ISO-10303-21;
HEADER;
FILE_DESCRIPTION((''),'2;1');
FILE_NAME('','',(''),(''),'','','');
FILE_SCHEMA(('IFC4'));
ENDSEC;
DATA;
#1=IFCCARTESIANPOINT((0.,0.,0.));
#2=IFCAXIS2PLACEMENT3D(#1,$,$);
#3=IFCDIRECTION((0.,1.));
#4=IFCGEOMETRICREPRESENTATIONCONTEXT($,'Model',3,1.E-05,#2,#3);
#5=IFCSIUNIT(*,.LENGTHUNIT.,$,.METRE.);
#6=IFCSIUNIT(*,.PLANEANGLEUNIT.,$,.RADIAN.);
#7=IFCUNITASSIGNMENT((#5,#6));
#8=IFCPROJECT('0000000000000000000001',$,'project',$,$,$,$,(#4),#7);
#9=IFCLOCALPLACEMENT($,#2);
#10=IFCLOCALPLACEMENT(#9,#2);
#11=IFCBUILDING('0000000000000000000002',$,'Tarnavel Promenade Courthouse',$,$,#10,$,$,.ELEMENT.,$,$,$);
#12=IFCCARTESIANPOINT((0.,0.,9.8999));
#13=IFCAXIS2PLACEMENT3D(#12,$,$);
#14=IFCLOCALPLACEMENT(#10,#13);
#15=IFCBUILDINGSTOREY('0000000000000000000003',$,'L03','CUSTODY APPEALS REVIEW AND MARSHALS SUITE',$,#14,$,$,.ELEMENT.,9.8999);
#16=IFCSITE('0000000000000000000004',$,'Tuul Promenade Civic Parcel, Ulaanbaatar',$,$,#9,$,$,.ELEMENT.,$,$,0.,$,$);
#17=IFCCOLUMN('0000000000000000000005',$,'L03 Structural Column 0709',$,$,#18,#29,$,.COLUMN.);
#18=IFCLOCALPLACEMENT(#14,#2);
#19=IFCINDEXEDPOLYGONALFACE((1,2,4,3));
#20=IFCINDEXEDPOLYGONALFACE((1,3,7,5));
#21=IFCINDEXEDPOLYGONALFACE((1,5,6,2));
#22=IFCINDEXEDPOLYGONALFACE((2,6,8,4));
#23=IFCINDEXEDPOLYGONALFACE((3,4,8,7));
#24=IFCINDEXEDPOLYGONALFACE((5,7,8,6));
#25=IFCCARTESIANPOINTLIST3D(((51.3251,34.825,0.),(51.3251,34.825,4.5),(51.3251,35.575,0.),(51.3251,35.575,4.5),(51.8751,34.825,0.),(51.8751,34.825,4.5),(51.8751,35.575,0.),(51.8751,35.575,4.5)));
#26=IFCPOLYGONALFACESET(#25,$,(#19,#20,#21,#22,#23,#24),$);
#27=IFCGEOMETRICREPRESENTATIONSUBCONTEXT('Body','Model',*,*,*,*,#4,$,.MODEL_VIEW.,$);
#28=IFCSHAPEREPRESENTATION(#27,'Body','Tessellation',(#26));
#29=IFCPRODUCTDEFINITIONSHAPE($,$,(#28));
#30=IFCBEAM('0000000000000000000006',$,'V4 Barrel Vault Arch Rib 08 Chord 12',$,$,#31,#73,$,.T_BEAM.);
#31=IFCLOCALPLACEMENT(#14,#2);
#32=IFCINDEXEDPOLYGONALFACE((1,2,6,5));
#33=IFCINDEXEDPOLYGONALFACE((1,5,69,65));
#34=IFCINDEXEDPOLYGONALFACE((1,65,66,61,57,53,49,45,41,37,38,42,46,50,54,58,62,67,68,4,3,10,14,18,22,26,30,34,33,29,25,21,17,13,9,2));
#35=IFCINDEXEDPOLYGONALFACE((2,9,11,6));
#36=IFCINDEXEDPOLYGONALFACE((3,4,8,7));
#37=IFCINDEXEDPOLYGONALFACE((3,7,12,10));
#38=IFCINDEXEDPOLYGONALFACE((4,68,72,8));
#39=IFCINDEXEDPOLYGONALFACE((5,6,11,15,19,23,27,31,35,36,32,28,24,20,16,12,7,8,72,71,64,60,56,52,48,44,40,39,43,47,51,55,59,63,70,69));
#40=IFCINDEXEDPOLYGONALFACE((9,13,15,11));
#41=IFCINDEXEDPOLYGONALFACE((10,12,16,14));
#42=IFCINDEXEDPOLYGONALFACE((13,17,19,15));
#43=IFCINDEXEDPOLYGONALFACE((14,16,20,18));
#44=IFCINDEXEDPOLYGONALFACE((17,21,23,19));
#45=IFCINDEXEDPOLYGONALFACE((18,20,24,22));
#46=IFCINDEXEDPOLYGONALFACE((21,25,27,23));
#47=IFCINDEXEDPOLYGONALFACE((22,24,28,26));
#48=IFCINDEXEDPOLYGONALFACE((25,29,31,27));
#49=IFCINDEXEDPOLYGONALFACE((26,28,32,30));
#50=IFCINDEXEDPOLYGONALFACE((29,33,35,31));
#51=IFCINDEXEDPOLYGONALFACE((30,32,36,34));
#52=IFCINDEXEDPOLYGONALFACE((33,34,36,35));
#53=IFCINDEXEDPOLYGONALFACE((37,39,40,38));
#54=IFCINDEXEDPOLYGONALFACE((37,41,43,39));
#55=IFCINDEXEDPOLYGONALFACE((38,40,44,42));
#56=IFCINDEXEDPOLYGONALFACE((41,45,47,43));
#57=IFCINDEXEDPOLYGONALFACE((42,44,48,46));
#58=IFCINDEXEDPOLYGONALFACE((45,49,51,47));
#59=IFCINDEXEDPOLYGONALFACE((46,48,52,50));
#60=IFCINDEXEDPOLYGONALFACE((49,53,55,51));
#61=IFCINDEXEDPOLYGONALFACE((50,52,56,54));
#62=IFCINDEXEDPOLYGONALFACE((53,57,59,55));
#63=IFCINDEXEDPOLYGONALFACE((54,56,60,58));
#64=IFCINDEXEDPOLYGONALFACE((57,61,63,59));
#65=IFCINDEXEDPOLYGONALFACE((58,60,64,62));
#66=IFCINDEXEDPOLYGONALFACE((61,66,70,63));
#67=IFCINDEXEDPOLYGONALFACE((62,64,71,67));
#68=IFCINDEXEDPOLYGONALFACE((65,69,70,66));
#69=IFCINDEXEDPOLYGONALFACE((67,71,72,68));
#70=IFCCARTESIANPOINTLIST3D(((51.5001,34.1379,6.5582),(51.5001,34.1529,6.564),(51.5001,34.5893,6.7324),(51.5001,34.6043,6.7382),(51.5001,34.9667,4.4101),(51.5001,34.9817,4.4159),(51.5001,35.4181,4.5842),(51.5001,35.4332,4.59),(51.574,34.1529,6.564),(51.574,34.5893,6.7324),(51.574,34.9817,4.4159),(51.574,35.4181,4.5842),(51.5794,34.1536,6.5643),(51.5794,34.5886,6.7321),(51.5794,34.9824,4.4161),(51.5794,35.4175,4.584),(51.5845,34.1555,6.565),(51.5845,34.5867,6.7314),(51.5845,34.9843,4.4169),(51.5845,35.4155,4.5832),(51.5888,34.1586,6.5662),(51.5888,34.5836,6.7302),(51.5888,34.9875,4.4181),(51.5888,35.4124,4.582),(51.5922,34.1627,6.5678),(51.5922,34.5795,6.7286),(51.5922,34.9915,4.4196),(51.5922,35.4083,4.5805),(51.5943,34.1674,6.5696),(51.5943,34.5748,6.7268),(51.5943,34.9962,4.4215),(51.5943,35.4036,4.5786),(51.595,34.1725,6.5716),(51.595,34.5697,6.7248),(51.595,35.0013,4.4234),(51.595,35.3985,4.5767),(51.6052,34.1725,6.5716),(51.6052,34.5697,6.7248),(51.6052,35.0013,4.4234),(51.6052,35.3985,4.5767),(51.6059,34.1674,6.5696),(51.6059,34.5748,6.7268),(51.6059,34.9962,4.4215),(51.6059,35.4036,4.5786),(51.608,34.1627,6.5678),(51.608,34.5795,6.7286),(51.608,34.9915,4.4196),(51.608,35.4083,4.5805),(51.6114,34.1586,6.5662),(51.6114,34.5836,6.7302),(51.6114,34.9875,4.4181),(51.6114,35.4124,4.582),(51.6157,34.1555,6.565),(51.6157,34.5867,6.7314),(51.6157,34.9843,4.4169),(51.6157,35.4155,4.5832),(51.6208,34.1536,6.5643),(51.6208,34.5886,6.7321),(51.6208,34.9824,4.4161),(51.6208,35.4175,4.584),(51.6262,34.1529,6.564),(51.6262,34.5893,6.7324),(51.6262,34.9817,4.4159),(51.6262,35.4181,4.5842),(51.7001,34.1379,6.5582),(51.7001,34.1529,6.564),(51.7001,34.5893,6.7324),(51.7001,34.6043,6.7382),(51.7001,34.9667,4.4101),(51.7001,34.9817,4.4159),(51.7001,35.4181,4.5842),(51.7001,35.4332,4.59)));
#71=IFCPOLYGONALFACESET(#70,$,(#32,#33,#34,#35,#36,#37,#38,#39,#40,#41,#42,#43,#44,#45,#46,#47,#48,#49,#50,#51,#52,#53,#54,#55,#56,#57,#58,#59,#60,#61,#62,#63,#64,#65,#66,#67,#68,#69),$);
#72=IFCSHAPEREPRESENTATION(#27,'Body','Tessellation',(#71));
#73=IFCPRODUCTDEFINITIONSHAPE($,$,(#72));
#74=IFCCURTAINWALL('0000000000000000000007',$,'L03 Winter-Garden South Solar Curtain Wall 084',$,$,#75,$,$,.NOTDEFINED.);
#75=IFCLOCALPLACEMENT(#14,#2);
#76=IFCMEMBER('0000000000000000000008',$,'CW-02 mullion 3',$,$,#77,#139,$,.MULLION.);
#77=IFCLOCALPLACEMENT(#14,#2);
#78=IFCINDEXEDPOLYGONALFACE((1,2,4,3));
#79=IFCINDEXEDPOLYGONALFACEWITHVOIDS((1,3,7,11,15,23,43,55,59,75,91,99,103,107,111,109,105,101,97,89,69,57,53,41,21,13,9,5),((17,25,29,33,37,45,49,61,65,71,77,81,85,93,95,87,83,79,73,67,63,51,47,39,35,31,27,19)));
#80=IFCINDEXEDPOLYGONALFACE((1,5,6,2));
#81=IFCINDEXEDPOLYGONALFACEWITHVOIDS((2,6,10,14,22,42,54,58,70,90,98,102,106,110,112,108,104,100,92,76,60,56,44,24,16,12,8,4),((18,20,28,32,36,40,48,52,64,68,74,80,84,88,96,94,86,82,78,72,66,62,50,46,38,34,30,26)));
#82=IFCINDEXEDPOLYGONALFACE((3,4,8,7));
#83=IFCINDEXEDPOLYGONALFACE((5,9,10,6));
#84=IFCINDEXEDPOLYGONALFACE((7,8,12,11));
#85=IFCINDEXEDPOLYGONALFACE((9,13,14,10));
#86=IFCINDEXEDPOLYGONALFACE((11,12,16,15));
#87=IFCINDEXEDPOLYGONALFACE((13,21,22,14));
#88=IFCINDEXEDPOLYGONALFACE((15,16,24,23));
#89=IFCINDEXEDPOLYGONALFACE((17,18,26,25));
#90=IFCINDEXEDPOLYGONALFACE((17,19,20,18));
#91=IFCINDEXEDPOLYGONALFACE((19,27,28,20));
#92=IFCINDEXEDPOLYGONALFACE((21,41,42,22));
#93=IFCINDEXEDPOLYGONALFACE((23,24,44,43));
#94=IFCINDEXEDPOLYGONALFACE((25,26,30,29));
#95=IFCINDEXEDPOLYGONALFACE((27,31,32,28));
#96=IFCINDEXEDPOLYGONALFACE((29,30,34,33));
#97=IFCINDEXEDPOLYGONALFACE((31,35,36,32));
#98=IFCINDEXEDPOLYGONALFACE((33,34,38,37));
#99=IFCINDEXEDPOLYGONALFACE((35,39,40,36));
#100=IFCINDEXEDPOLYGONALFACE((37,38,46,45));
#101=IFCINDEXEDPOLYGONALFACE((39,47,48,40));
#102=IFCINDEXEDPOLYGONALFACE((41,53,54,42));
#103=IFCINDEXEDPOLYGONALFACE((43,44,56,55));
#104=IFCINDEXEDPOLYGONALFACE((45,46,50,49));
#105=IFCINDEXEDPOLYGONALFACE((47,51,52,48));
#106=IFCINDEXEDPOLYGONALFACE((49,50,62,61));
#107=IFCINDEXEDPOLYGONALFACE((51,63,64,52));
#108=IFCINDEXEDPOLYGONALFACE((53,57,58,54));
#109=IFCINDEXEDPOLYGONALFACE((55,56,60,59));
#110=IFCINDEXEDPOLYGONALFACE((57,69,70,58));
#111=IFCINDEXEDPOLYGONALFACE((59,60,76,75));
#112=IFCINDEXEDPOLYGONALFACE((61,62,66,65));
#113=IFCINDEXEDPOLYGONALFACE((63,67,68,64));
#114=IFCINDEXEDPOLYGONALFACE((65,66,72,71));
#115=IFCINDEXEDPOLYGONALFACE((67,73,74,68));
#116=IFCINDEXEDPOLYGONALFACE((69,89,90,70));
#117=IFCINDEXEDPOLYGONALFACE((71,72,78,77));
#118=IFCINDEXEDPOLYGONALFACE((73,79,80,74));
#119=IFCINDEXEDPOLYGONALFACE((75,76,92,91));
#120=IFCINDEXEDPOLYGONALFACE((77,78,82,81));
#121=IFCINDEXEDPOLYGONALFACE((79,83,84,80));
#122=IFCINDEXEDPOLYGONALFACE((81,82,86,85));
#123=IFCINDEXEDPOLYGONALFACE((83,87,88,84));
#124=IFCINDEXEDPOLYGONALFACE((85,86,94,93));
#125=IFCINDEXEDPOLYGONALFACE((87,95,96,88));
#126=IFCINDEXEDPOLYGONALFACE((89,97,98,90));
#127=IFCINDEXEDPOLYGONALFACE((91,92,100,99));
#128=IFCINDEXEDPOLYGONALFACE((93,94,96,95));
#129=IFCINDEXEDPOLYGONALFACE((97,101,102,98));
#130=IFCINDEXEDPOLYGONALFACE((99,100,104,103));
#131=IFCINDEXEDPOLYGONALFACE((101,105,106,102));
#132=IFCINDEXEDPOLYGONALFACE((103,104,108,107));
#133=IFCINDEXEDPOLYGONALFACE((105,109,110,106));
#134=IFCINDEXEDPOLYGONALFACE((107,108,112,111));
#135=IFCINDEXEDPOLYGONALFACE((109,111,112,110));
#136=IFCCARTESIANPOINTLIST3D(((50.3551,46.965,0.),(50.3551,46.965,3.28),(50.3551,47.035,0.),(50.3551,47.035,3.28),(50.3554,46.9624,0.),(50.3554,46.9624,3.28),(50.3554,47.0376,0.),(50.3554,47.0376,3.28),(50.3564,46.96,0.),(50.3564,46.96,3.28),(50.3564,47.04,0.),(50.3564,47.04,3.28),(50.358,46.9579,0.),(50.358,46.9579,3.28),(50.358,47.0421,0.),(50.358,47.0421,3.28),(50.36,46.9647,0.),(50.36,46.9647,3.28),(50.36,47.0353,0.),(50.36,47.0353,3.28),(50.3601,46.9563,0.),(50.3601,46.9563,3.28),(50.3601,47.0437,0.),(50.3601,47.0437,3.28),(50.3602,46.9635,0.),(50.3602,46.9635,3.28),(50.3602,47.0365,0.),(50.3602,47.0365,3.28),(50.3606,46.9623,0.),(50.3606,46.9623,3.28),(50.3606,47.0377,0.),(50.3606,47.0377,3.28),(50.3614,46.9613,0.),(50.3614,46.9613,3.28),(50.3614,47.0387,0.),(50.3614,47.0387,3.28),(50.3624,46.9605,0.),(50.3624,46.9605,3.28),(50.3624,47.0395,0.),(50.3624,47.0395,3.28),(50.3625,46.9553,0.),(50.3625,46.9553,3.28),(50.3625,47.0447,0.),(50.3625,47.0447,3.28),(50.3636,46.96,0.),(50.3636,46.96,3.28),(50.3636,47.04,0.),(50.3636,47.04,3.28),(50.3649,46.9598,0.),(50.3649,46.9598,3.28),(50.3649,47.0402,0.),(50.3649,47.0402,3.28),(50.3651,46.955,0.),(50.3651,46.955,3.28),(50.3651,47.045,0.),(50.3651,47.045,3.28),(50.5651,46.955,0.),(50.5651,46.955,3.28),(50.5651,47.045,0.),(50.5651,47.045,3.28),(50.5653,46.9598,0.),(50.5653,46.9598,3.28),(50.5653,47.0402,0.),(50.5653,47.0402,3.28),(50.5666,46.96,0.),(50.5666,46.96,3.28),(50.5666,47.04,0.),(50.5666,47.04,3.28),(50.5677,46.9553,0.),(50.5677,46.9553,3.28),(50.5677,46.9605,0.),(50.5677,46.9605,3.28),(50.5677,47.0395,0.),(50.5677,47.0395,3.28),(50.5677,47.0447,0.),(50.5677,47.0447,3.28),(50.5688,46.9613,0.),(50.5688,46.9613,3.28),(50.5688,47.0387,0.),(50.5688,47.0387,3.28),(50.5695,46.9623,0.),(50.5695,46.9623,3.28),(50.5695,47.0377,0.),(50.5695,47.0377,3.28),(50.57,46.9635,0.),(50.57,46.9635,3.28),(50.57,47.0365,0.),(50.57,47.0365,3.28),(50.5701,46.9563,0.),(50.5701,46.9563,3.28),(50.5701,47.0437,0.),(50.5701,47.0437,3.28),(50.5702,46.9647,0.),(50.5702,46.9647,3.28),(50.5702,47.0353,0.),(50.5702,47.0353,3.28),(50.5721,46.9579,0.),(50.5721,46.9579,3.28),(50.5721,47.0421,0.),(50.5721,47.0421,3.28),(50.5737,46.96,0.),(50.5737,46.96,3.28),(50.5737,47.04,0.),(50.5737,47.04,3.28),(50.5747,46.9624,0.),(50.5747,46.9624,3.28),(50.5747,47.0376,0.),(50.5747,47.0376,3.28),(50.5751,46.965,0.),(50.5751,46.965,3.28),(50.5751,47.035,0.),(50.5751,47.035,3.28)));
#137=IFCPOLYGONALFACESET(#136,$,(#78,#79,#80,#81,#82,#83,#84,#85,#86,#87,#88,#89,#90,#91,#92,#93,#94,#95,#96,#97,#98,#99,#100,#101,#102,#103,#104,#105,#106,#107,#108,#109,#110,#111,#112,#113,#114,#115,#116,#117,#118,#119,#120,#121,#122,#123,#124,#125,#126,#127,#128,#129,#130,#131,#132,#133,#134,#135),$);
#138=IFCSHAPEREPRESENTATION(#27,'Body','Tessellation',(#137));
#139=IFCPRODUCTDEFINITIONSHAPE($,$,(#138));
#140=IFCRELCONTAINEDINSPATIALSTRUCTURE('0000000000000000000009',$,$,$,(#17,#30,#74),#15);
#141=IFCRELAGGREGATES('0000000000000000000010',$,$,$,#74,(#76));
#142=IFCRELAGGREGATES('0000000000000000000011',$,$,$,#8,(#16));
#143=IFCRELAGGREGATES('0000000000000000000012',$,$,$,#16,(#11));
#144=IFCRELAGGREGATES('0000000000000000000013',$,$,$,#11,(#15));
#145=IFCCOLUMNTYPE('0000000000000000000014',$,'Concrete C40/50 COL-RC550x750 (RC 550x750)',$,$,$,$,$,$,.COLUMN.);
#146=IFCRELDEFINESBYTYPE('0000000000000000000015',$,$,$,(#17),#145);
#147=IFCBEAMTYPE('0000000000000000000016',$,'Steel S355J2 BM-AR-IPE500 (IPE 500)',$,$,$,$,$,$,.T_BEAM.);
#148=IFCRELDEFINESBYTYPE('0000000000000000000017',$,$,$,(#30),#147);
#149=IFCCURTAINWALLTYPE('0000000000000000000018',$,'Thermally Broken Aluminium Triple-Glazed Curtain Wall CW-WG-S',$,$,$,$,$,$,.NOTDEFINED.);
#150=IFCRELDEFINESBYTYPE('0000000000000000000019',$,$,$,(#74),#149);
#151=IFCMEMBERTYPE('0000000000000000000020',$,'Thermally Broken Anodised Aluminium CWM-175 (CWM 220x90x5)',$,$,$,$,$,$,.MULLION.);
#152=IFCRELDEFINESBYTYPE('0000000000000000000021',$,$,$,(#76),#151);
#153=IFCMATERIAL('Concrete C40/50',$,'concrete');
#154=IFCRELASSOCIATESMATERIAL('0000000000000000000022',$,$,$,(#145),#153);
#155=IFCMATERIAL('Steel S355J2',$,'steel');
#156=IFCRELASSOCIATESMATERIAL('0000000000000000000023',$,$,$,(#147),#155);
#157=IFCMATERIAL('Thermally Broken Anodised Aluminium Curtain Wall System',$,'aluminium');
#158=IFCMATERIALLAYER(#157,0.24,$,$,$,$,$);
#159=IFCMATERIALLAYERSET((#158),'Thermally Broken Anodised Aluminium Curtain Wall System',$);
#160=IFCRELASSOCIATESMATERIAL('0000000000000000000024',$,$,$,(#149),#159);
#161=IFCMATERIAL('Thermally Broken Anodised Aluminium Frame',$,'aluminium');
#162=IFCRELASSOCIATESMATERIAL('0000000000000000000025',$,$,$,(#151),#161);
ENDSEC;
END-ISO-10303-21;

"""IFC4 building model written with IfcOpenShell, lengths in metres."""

from ifc_helpers import new_model, si_unit, direction, frame, origin, origin_2d, place, context, subcontext, project, spatial, rectangle, hollow_rectangle, i_section, extrude, material, layer, layer_set, material_profile, profile_set, type_object, element, aggregate, save


model = new_model("IFC4")

# Units and contexts
model_context = context("Model", 3, precision=1e-05, world=origin(), true_north=direction((0.0, 1.0)))
body_context = subcontext(model_context, "Body", "Model", "MODEL_VIEW")
ifc_project = project(units=[si_unit("LENGTHUNIT", "METRE"), si_unit("PLANEANGLEUNIT", "RADIAN")], contexts=[model_context])

# Site, building, storey
site_placement = place(None, origin())
site = spatial("IfcSite", under=ifc_project, at=site_placement, Name="Tuul Promenade Civic Parcel, Ulaanbaatar", CompositionType="ELEMENT", RefElevation=0.0)
building_placement = place(site_placement, origin())
building = spatial("IfcBuilding", under=site, at=building_placement, Name="Tarnavel Promenade Courthouse", CompositionType="ELEMENT")
storey_placement = place(building_placement, frame((0.0, 0.0, 9.8999)))
storey = spatial("IfcBuildingStorey", under=building, at=storey_placement, Name="L03", Description="CUSTODY APPEALS REVIEW AND MARSHALS SUITE", CompositionType="ELEMENT", Elevation=9.8999)

# Column
ifc_material_1 = material(Name="Concrete C40/50", Category="concrete")
ifc_material_profile_1 = material_profile(ifc_material_1, rectangle(XDim=0.55, YDim=0.75, at=origin_2d()), Name="RC 550x750")
ifc_profile_set_1 = profile_set([ifc_material_profile_1], Name="Concrete C40/50")
column_type = type_object("IfcColumnType", Name="Concrete C40/50 COL-RC550x750 (RC 550x750)", PredefinedType="COLUMN", material=ifc_profile_set_1)
column_placement = place(storey_placement, frame((51.6001, 35.2, 0.0), z_axis=(0.0, 0.0, 1.0), x_axis=(1.0, 0.0, 0.0)))
element("IfcColumn", 1, at=column_placement, inside=storey, type_object=column_type, Name="L03 Structural Column 0709", PredefinedType="COLUMN", context=body_context, shape_type="SweptSolid", body=[
    extrude(rectangle(XDim=0.55, YDim=0.75, at=origin_2d()), origin(), (0.0, 0.0, 1.0), 4.5),
])

# Beam
ifc_material_2 = material(Name="Steel S355J2", Category="steel")
ifc_material_profile_2 = material_profile(ifc_material_2, i_section(OverallWidth=0.2, OverallDepth=0.5, WebThickness=0.0103, FlangeThickness=0.0161, FilletRadius=0.021, at=origin_2d()), Name="IPE 500")
ifc_profile_set_2 = profile_set([ifc_material_profile_2], Name="Steel S355J2")
beam_type = type_object("IfcBeamType", Name="Steel S355J2 BM-AR-IPE500 (IPE 500)", PredefinedType="T_BEAM", material=ifc_profile_set_2)
beam_placement = place(storey_placement, frame((51.6001, 34.3711, 6.6482), z_axis=(0.0, 0.359974, -0.932962), x_axis=(-1.0, 0.0, 0.0)))
element("IfcBeam", 2, at=beam_placement, inside=storey, type_object=beam_type, Name="V4 Barrel Vault Arch Rib 08 Chord 12", PredefinedType="T_BEAM", context=body_context, shape_type="SweptSolid", body=[
    extrude(i_section(OverallWidth=0.2, OverallDepth=0.5, WebThickness=0.0103, FlangeThickness=0.0161, FilletRadius=0.021, at=origin_2d()), origin(), (0.0, 0.0, 1.0), 2.3025),
])

# Curtain wall, member
ifc_material_3 = material(Name="Thermally Broken Anodised Aluminium Curtain Wall System", Category="aluminium")
ifc_layer_1 = layer(ifc_material_3, 0.24)
ifc_layer_set_1 = layer_set([ifc_layer_1], Name="Thermally Broken Anodised Aluminium Curtain Wall System")
curtain_wall_type = type_object("IfcCurtainWallType", Name="Thermally Broken Aluminium Triple-Glazed Curtain Wall CW-WG-S", PredefinedType="NOTDEFINED", material=ifc_layer_set_1)
curtain_wall_1_placement = place(storey_placement, origin())
curtain_wall_1 = element("IfcCurtainWall", 3, at=curtain_wall_1_placement, inside=storey, type_object=curtain_wall_type, Name="L03 Winter-Garden South Solar Curtain Wall 084", PredefinedType="NOTDEFINED")
ifc_material_4 = material(Name="Thermally Broken Anodised Aluminium Frame", Category="aluminium")
ifc_material_profile_3 = material_profile(ifc_material_4, hollow_rectangle(XDim=0.0901, YDim=0.22, WallThickness=0.0049, InnerFilletRadius=0.0049, OuterFilletRadius=0.01, at=origin_2d()), Name="CWM 220x90x5")
ifc_profile_set_3 = profile_set([ifc_material_profile_3], Name="Thermally Broken Anodised Aluminium Frame")
member_type_1 = type_object("IfcMemberType", Name="Thermally Broken Anodised Aluminium CWM-175 (CWM 220x90x5)", PredefinedType="MULLION", material=ifc_profile_set_3)
member_1_placement = place(storey_placement, frame((50.4651, 47.0, 0.0), z_axis=(0.0, 0.0, 1.0), x_axis=(0.0, 1.0, 0.0)))
member_1 = element("IfcMember", 4, at=member_1_placement, type_object=member_type_1, Name="CW-02 mullion 3", PredefinedType="MULLION", context=body_context, shape_type="SweptSolid", body=[
    extrude(hollow_rectangle(XDim=0.0901, YDim=0.22, WallThickness=0.0049, InnerFilletRadius=0.0049, OuterFilletRadius=0.01, at=origin_2d()), origin(), (0.0, 0.0, 1.0), 3.28),
])
aggregate(curtain_wall_1, [member_1])

save(model, "model.ifc")
